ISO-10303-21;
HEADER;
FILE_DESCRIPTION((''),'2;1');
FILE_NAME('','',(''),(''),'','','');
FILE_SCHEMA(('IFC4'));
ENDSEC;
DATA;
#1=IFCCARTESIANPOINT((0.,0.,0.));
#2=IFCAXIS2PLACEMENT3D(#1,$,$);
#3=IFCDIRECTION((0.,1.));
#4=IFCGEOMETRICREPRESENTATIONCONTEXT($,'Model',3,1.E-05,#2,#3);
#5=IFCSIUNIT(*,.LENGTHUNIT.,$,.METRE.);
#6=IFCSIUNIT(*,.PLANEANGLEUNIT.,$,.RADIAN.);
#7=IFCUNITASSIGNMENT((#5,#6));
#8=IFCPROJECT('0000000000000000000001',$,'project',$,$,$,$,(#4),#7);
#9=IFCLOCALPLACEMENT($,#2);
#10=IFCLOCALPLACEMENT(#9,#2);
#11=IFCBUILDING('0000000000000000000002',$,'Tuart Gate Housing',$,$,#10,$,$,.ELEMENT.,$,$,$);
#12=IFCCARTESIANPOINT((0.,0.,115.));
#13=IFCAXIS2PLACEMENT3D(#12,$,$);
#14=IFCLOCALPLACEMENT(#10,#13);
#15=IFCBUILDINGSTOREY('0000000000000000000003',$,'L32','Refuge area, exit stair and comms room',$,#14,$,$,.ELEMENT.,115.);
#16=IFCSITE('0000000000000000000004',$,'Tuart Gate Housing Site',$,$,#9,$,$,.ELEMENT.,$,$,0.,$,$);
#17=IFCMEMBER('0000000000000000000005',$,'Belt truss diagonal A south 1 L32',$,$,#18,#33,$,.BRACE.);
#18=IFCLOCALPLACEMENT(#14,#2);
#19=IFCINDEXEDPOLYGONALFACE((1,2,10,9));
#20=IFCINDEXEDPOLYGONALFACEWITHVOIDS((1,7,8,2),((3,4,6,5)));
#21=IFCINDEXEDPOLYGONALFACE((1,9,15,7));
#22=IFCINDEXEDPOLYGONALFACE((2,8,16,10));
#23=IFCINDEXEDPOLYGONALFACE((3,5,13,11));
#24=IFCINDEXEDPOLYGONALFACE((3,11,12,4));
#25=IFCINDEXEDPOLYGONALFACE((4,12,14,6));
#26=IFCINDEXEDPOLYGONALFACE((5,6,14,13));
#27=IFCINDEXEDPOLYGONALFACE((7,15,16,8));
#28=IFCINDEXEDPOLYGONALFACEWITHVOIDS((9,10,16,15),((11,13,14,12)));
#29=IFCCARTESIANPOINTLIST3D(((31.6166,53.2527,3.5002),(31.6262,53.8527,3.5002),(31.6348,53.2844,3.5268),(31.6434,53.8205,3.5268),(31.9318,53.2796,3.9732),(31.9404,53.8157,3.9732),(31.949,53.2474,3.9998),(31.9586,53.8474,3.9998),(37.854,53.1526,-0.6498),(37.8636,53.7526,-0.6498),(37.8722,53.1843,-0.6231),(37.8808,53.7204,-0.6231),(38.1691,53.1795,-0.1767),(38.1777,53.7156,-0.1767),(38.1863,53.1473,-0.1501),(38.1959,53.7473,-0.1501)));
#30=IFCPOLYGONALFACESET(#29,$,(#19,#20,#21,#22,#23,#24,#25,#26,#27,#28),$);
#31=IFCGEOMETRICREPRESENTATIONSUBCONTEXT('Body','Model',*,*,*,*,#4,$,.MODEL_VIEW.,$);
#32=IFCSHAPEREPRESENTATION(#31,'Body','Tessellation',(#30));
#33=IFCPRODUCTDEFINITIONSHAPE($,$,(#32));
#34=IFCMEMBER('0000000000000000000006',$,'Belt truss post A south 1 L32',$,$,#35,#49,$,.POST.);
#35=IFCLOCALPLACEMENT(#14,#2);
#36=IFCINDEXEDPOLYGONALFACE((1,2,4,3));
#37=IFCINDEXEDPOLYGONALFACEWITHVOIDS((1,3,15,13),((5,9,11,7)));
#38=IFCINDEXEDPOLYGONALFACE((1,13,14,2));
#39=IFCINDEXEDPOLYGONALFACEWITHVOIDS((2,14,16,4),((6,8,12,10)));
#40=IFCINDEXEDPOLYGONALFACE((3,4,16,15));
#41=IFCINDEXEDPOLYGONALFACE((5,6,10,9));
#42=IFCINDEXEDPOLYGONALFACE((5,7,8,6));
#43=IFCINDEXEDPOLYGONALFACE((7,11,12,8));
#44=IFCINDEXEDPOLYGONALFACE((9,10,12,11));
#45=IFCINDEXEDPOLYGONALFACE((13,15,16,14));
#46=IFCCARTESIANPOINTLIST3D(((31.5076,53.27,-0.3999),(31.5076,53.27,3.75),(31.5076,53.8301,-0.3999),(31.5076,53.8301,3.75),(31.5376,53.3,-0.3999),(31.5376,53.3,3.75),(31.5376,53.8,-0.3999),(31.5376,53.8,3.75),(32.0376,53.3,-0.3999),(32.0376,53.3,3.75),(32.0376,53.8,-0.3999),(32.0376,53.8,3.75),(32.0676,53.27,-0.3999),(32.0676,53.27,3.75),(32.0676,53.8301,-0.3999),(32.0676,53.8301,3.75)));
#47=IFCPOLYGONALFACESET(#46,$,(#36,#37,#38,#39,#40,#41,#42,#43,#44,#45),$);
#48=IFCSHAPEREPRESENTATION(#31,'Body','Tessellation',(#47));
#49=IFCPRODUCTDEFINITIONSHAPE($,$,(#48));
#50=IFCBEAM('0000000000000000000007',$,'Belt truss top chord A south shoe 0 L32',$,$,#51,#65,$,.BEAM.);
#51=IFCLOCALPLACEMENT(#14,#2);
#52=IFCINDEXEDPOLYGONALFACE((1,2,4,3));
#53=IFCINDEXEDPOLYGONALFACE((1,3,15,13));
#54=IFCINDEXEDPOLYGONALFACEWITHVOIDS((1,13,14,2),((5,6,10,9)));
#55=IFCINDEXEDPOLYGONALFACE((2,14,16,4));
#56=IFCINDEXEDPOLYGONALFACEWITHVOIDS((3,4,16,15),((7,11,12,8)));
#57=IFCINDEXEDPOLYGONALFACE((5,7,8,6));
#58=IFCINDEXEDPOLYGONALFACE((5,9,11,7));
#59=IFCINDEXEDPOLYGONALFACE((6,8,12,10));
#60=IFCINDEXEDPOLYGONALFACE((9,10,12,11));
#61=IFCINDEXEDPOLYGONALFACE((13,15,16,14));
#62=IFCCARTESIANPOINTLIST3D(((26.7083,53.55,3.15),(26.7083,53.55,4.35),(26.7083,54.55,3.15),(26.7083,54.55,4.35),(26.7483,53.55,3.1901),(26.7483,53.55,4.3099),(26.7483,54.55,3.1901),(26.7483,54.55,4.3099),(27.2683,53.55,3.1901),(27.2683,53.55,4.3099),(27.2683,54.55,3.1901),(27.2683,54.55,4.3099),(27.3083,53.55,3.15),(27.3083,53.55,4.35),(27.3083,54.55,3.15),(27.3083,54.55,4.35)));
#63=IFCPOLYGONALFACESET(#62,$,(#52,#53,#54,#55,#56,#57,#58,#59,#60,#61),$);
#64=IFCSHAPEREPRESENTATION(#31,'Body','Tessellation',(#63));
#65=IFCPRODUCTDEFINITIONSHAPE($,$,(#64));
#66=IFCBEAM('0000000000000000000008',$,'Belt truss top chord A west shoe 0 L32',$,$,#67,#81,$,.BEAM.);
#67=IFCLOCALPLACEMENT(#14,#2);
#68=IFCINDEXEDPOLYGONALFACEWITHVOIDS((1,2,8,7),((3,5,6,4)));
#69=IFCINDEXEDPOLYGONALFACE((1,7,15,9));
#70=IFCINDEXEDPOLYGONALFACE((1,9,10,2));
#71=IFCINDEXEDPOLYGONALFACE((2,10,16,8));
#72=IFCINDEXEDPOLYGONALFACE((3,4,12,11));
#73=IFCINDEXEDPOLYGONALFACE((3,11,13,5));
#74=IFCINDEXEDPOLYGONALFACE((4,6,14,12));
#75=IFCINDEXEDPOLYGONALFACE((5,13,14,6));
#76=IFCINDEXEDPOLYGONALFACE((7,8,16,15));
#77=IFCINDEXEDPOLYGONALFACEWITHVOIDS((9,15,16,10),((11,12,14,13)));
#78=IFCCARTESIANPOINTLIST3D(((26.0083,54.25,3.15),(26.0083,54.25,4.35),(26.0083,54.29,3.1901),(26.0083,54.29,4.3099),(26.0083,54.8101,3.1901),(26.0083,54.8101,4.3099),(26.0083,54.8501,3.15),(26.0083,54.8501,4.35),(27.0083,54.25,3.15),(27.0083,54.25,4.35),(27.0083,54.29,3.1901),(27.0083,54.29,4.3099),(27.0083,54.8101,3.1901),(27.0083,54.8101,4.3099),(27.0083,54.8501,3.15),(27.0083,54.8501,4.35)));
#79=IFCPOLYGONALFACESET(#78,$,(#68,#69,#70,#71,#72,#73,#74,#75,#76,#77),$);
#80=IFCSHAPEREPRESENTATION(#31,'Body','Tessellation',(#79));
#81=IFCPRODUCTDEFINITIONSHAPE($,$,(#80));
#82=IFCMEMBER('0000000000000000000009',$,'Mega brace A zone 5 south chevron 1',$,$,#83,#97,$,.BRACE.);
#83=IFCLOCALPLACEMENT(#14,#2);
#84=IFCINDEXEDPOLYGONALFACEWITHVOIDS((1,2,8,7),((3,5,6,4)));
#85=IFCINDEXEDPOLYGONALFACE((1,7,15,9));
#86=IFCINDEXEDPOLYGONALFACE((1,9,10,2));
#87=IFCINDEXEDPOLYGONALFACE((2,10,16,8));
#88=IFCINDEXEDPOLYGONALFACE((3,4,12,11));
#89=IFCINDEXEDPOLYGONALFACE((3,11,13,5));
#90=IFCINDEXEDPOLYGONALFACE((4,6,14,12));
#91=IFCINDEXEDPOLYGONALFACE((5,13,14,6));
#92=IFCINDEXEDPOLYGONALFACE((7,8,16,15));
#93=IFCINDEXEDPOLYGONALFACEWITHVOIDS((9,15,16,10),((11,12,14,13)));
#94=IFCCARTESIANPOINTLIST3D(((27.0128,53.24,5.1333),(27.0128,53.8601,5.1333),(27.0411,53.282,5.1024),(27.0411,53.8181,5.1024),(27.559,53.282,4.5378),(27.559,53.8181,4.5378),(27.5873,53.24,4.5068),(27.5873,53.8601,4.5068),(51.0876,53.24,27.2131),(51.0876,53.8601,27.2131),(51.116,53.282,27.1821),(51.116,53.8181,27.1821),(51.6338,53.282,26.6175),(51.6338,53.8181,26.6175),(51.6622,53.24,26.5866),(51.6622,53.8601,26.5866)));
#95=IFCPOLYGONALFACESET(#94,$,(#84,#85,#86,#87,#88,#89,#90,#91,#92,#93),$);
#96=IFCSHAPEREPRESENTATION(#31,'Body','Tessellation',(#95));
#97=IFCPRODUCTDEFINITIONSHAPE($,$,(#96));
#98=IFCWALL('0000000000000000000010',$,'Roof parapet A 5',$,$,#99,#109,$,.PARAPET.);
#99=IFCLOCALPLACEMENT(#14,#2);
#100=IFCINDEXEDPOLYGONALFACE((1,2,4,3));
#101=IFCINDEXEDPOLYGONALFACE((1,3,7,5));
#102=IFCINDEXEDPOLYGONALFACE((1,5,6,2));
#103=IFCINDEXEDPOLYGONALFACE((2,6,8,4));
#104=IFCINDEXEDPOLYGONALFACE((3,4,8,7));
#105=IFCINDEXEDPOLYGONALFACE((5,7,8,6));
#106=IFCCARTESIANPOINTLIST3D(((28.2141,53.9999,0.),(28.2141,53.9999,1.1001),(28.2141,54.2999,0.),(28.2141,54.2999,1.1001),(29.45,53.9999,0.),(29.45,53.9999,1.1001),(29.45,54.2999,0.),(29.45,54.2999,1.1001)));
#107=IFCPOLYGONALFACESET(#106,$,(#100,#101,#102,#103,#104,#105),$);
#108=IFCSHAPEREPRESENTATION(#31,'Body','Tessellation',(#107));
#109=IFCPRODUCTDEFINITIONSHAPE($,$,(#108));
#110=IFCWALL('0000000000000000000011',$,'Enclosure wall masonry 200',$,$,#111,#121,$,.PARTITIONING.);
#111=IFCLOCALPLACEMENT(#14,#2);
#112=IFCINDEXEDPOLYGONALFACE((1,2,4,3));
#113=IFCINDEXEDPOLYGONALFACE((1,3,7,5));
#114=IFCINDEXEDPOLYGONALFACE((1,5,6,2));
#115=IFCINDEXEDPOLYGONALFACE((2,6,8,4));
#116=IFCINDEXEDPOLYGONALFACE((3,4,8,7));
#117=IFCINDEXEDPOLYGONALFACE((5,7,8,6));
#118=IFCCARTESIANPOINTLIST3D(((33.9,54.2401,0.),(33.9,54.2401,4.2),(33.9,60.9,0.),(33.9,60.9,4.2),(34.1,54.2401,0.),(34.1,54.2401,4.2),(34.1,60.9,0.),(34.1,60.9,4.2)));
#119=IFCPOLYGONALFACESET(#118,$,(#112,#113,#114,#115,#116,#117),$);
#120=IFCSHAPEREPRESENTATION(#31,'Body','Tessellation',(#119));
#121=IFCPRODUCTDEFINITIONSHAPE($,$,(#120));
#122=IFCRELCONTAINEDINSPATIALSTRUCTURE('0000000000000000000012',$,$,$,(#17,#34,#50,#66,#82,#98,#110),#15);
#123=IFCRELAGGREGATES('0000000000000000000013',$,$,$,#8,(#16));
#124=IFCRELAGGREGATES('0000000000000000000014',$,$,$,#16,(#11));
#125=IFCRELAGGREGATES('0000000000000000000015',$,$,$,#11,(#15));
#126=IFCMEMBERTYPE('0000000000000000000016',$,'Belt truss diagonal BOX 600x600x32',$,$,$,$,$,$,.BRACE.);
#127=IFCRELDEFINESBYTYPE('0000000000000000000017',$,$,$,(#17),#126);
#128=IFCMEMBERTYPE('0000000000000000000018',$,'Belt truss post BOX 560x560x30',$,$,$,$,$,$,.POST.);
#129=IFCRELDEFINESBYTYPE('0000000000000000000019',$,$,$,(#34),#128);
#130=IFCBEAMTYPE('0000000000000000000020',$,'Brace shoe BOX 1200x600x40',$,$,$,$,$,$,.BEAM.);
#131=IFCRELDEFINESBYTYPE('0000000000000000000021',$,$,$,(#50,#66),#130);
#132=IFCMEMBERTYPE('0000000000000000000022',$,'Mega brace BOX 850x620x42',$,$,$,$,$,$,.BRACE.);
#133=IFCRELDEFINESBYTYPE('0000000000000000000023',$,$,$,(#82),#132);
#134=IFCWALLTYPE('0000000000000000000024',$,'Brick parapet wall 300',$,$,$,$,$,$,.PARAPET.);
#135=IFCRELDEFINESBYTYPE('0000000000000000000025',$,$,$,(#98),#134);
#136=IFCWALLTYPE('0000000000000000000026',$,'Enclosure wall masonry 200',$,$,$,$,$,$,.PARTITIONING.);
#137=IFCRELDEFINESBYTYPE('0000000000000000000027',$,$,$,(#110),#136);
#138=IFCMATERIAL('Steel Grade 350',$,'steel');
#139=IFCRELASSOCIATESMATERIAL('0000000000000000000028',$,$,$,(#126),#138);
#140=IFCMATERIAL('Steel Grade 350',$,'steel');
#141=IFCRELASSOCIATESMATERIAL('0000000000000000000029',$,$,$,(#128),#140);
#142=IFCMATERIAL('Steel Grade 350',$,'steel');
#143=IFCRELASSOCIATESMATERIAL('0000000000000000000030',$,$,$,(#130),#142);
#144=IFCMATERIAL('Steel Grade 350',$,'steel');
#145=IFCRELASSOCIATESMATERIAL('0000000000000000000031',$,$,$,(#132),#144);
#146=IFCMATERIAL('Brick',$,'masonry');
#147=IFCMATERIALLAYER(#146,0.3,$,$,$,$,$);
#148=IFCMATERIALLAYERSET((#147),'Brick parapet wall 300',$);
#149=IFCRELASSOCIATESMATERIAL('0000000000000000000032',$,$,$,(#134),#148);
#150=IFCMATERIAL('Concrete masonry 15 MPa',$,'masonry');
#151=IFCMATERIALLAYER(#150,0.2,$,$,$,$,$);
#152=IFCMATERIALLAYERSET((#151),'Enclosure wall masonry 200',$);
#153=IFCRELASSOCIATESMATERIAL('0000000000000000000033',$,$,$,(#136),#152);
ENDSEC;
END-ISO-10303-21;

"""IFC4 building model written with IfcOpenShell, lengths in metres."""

from ifc_helpers import new_model, si_unit, direction, frame, frame_2d, origin, origin_2d, place, context, subcontext, project, spatial, rectangle, hollow_rectangle, extrude, material, layer, layer_set, material_profile, profile_set, type_object, element, save


model = new_model("IFC4")

# Units and contexts
model_context = context("Model", 3, precision=1e-05, world=origin(), true_north=direction((0.0, 1.0)))
body_context = subcontext(model_context, "Body", "Model", "MODEL_VIEW")
ifc_project = project(units=[si_unit("LENGTHUNIT", "METRE"), si_unit("PLANEANGLEUNIT", "RADIAN")], contexts=[model_context])

# Site, building, storey
site_placement = place(None, origin())
site = spatial("IfcSite", under=ifc_project, at=site_placement, Name="Tuart Gate Housing Site", CompositionType="ELEMENT", RefElevation=0.0)
building_placement = place(site_placement, origin())
building = spatial("IfcBuilding", under=site, at=building_placement, Name="Tuart Gate Housing", CompositionType="ELEMENT")
storey_placement = place(building_placement, frame((0.0, 0.0, 115.0)))
storey = spatial("IfcBuildingStorey", under=building, at=storey_placement, Name="L32", Description="Refuge area, exit stair and comms room", CompositionType="ELEMENT", Elevation=115.0)

# Members
ifc_material_1 = material(Name="Steel Grade 350", Category="steel")
ifc_material_profile_1 = material_profile(ifc_material_1, hollow_rectangle(XDim=0.6001, YDim=0.6001, WallThickness=0.032, at=origin_2d()), Name="BOX 600x600x32")
ifc_profile_set_1 = profile_set([ifc_material_profile_1], Name="Steel Grade 350")
member_type_1 = type_object("IfcMemberType", Name="Belt truss diagonal BOX 600x600x32", PredefinedType="BRACE", material=ifc_profile_set_1)
member_1_placement = place(storey_placement, frame((31.7876, 53.55, 3.75), z_axis=(0.832487, -0.01336, -0.553883), x_axis=(0.016046, 0.999871, 0.0)))
element("IfcMember", 1, at=member_1_placement, inside=storey, type_object=member_type_1, Name="Belt truss diagonal A south 1 L32", PredefinedType="BRACE", context=body_context, shape_type="SweptSolid", body=[
    extrude(hollow_rectangle(XDim=0.6001, YDim=0.6001, WallThickness=0.032, at=origin_2d()), origin(), (0.0, 0.0, 1.0), 7.4924),
])
ifc_material_2 = material(Name="Steel Grade 350", Category="steel")
ifc_material_profile_2 = material_profile(ifc_material_2, hollow_rectangle(XDim=0.5601, YDim=0.5601, WallThickness=0.03, at=origin_2d()), Name="BOX 560x560x30")
ifc_profile_set_2 = profile_set([ifc_material_profile_2], Name="Steel Grade 350")
member_type_2 = type_object("IfcMemberType", Name="Belt truss post BOX 560x560x30", PredefinedType="POST", material=ifc_profile_set_2)
member_2_placement = place(storey_placement, frame((31.7876, 53.55, -0.3999), z_axis=(0.0, 0.0, 1.0), x_axis=(1.0, 0.0, 0.0)))
element("IfcMember", 2, at=member_2_placement, inside=storey, type_object=member_type_2, Name="Belt truss post A south 1 L32", PredefinedType="POST", context=body_context, shape_type="SweptSolid", body=[
    extrude(hollow_rectangle(XDim=0.5601, YDim=0.5601, WallThickness=0.03, at=origin_2d()), origin(), (0.0, 0.0, 1.0), 4.1499),
])

# Beams
ifc_material_3 = material(Name="Steel Grade 350", Category="steel")
ifc_material_profile_3 = material_profile(ifc_material_3, hollow_rectangle(XDim=0.6001, YDim=1.2, WallThickness=0.04, at=origin_2d()), Name="BOX 1200x600x40")
ifc_profile_set_3 = profile_set([ifc_material_profile_3], Name="Steel Grade 350")
beam_type = type_object("IfcBeamType", Name="Brace shoe BOX 1200x600x40", PredefinedType="BEAM", material=ifc_profile_set_3)
for number, where, z_axis, x_axis, name in (
    (3, (27.0083, 54.55, 3.75), (0.0, -1.0, 0.0), (1.0, 0.0, 0.0), "Belt truss top chord A south shoe 0 L32"),
    (4, (27.0083, 54.55, 3.75), (-1.0, 0.0, 0.0), (0.0, -1.0, 0.0), "Belt truss top chord A west shoe 0 L32"),
):
    element("IfcBeam", number, at=place(storey_placement, frame(where, z_axis=z_axis, x_axis=x_axis)), inside=storey, type_object=beam_type, Name=name, PredefinedType="BEAM", context=body_context, shape_type="SweptSolid", body=[
        extrude(hollow_rectangle(XDim=0.6001, YDim=1.2, WallThickness=0.04, at=origin_2d()), origin(), (0.0, 0.0, 1.0), 1.0),
    ])

# Member
ifc_material_4 = material(Name="Steel Grade 350", Category="steel")
ifc_material_profile_4 = material_profile(ifc_material_4, hollow_rectangle(XDim=0.6201, YDim=0.8501, WallThickness=0.042, at=origin_2d()), Name="BOX 850x620x42")
ifc_profile_set_4 = profile_set([ifc_material_profile_4], Name="Steel Grade 350")
member_type_3 = type_object("IfcMemberType", Name="Mega brace BOX 850x620x42", PredefinedType="BRACE", material=ifc_profile_set_4)
member_3_placement = place(storey_placement, frame((27.3, 53.55, 4.8201), z_axis=(0.736984, 0.0, 0.67591), x_axis=(0.0, 1.0, 0.0)))
element("IfcMember", 5, at=member_3_placement, inside=storey, type_object=member_type_3, Name="Mega brace A zone 5 south chevron 1", PredefinedType="BRACE", context=body_context, shape_type="SweptSolid", body=[
    extrude(hollow_rectangle(XDim=0.6201, YDim=0.8501, WallThickness=0.042, at=origin_2d()), origin(), (0.0, 0.0, 1.0), 32.6667),
])

# Wall
ifc_material_5 = material(Name="Brick", Category="masonry")
ifc_layer_1 = layer(ifc_material_5, 0.3)
ifc_layer_set_1 = layer_set([ifc_layer_1], Name="Brick parapet wall 300")
wall_type_1 = type_object("IfcWallType", Name="Brick parapet wall 300", PredefinedType="PARAPET", material=ifc_layer_set_1)
wall_1_placement = place(storey_placement, frame((28.2141, 54.1499, 0.0), z_axis=(0.0, 0.0, 1.0), x_axis=(1.0, 0.0, 0.0)))
element("IfcWall", 6, at=wall_1_placement, inside=storey, type_object=wall_type_1, Name="Roof parapet A 5", PredefinedType="PARAPET", context=body_context, shape_type="SweptSolid", body=[
    extrude(rectangle(XDim=1.2358, YDim=0.3, at=frame_2d((0.6179, 0.0))), origin(), (0.0, 0.0, 1.0), 1.1001),
])

# Wall
ifc_material_6 = material(Name="Concrete masonry 15 MPa", Category="masonry")
ifc_layer_2 = layer(ifc_material_6, 0.2)
ifc_layer_set_2 = layer_set([ifc_layer_2], Name="Enclosure wall masonry 200")
wall_type_2 = type_object("IfcWallType", Name="Enclosure wall masonry 200", PredefinedType="PARTITIONING", material=ifc_layer_set_2)
wall_2_placement = place(storey_placement, frame((34.0, 54.24, 0.0), z_axis=(0.0, 0.0, 1.0), x_axis=(0.0, 1.0, 0.0)))
element("IfcWall", 7, at=wall_2_placement, inside=storey, type_object=wall_type_2, Name="Enclosure wall masonry 200", PredefinedType="PARTITIONING", context=body_context, shape_type="SweptSolid", body=[
    extrude(rectangle(XDim=6.6599, YDim=0.2, at=frame_2d((3.3301, 0.0))), origin(), (0.0, 0.0, 1.0), 4.2),
])

save(model, "model.ifc")
